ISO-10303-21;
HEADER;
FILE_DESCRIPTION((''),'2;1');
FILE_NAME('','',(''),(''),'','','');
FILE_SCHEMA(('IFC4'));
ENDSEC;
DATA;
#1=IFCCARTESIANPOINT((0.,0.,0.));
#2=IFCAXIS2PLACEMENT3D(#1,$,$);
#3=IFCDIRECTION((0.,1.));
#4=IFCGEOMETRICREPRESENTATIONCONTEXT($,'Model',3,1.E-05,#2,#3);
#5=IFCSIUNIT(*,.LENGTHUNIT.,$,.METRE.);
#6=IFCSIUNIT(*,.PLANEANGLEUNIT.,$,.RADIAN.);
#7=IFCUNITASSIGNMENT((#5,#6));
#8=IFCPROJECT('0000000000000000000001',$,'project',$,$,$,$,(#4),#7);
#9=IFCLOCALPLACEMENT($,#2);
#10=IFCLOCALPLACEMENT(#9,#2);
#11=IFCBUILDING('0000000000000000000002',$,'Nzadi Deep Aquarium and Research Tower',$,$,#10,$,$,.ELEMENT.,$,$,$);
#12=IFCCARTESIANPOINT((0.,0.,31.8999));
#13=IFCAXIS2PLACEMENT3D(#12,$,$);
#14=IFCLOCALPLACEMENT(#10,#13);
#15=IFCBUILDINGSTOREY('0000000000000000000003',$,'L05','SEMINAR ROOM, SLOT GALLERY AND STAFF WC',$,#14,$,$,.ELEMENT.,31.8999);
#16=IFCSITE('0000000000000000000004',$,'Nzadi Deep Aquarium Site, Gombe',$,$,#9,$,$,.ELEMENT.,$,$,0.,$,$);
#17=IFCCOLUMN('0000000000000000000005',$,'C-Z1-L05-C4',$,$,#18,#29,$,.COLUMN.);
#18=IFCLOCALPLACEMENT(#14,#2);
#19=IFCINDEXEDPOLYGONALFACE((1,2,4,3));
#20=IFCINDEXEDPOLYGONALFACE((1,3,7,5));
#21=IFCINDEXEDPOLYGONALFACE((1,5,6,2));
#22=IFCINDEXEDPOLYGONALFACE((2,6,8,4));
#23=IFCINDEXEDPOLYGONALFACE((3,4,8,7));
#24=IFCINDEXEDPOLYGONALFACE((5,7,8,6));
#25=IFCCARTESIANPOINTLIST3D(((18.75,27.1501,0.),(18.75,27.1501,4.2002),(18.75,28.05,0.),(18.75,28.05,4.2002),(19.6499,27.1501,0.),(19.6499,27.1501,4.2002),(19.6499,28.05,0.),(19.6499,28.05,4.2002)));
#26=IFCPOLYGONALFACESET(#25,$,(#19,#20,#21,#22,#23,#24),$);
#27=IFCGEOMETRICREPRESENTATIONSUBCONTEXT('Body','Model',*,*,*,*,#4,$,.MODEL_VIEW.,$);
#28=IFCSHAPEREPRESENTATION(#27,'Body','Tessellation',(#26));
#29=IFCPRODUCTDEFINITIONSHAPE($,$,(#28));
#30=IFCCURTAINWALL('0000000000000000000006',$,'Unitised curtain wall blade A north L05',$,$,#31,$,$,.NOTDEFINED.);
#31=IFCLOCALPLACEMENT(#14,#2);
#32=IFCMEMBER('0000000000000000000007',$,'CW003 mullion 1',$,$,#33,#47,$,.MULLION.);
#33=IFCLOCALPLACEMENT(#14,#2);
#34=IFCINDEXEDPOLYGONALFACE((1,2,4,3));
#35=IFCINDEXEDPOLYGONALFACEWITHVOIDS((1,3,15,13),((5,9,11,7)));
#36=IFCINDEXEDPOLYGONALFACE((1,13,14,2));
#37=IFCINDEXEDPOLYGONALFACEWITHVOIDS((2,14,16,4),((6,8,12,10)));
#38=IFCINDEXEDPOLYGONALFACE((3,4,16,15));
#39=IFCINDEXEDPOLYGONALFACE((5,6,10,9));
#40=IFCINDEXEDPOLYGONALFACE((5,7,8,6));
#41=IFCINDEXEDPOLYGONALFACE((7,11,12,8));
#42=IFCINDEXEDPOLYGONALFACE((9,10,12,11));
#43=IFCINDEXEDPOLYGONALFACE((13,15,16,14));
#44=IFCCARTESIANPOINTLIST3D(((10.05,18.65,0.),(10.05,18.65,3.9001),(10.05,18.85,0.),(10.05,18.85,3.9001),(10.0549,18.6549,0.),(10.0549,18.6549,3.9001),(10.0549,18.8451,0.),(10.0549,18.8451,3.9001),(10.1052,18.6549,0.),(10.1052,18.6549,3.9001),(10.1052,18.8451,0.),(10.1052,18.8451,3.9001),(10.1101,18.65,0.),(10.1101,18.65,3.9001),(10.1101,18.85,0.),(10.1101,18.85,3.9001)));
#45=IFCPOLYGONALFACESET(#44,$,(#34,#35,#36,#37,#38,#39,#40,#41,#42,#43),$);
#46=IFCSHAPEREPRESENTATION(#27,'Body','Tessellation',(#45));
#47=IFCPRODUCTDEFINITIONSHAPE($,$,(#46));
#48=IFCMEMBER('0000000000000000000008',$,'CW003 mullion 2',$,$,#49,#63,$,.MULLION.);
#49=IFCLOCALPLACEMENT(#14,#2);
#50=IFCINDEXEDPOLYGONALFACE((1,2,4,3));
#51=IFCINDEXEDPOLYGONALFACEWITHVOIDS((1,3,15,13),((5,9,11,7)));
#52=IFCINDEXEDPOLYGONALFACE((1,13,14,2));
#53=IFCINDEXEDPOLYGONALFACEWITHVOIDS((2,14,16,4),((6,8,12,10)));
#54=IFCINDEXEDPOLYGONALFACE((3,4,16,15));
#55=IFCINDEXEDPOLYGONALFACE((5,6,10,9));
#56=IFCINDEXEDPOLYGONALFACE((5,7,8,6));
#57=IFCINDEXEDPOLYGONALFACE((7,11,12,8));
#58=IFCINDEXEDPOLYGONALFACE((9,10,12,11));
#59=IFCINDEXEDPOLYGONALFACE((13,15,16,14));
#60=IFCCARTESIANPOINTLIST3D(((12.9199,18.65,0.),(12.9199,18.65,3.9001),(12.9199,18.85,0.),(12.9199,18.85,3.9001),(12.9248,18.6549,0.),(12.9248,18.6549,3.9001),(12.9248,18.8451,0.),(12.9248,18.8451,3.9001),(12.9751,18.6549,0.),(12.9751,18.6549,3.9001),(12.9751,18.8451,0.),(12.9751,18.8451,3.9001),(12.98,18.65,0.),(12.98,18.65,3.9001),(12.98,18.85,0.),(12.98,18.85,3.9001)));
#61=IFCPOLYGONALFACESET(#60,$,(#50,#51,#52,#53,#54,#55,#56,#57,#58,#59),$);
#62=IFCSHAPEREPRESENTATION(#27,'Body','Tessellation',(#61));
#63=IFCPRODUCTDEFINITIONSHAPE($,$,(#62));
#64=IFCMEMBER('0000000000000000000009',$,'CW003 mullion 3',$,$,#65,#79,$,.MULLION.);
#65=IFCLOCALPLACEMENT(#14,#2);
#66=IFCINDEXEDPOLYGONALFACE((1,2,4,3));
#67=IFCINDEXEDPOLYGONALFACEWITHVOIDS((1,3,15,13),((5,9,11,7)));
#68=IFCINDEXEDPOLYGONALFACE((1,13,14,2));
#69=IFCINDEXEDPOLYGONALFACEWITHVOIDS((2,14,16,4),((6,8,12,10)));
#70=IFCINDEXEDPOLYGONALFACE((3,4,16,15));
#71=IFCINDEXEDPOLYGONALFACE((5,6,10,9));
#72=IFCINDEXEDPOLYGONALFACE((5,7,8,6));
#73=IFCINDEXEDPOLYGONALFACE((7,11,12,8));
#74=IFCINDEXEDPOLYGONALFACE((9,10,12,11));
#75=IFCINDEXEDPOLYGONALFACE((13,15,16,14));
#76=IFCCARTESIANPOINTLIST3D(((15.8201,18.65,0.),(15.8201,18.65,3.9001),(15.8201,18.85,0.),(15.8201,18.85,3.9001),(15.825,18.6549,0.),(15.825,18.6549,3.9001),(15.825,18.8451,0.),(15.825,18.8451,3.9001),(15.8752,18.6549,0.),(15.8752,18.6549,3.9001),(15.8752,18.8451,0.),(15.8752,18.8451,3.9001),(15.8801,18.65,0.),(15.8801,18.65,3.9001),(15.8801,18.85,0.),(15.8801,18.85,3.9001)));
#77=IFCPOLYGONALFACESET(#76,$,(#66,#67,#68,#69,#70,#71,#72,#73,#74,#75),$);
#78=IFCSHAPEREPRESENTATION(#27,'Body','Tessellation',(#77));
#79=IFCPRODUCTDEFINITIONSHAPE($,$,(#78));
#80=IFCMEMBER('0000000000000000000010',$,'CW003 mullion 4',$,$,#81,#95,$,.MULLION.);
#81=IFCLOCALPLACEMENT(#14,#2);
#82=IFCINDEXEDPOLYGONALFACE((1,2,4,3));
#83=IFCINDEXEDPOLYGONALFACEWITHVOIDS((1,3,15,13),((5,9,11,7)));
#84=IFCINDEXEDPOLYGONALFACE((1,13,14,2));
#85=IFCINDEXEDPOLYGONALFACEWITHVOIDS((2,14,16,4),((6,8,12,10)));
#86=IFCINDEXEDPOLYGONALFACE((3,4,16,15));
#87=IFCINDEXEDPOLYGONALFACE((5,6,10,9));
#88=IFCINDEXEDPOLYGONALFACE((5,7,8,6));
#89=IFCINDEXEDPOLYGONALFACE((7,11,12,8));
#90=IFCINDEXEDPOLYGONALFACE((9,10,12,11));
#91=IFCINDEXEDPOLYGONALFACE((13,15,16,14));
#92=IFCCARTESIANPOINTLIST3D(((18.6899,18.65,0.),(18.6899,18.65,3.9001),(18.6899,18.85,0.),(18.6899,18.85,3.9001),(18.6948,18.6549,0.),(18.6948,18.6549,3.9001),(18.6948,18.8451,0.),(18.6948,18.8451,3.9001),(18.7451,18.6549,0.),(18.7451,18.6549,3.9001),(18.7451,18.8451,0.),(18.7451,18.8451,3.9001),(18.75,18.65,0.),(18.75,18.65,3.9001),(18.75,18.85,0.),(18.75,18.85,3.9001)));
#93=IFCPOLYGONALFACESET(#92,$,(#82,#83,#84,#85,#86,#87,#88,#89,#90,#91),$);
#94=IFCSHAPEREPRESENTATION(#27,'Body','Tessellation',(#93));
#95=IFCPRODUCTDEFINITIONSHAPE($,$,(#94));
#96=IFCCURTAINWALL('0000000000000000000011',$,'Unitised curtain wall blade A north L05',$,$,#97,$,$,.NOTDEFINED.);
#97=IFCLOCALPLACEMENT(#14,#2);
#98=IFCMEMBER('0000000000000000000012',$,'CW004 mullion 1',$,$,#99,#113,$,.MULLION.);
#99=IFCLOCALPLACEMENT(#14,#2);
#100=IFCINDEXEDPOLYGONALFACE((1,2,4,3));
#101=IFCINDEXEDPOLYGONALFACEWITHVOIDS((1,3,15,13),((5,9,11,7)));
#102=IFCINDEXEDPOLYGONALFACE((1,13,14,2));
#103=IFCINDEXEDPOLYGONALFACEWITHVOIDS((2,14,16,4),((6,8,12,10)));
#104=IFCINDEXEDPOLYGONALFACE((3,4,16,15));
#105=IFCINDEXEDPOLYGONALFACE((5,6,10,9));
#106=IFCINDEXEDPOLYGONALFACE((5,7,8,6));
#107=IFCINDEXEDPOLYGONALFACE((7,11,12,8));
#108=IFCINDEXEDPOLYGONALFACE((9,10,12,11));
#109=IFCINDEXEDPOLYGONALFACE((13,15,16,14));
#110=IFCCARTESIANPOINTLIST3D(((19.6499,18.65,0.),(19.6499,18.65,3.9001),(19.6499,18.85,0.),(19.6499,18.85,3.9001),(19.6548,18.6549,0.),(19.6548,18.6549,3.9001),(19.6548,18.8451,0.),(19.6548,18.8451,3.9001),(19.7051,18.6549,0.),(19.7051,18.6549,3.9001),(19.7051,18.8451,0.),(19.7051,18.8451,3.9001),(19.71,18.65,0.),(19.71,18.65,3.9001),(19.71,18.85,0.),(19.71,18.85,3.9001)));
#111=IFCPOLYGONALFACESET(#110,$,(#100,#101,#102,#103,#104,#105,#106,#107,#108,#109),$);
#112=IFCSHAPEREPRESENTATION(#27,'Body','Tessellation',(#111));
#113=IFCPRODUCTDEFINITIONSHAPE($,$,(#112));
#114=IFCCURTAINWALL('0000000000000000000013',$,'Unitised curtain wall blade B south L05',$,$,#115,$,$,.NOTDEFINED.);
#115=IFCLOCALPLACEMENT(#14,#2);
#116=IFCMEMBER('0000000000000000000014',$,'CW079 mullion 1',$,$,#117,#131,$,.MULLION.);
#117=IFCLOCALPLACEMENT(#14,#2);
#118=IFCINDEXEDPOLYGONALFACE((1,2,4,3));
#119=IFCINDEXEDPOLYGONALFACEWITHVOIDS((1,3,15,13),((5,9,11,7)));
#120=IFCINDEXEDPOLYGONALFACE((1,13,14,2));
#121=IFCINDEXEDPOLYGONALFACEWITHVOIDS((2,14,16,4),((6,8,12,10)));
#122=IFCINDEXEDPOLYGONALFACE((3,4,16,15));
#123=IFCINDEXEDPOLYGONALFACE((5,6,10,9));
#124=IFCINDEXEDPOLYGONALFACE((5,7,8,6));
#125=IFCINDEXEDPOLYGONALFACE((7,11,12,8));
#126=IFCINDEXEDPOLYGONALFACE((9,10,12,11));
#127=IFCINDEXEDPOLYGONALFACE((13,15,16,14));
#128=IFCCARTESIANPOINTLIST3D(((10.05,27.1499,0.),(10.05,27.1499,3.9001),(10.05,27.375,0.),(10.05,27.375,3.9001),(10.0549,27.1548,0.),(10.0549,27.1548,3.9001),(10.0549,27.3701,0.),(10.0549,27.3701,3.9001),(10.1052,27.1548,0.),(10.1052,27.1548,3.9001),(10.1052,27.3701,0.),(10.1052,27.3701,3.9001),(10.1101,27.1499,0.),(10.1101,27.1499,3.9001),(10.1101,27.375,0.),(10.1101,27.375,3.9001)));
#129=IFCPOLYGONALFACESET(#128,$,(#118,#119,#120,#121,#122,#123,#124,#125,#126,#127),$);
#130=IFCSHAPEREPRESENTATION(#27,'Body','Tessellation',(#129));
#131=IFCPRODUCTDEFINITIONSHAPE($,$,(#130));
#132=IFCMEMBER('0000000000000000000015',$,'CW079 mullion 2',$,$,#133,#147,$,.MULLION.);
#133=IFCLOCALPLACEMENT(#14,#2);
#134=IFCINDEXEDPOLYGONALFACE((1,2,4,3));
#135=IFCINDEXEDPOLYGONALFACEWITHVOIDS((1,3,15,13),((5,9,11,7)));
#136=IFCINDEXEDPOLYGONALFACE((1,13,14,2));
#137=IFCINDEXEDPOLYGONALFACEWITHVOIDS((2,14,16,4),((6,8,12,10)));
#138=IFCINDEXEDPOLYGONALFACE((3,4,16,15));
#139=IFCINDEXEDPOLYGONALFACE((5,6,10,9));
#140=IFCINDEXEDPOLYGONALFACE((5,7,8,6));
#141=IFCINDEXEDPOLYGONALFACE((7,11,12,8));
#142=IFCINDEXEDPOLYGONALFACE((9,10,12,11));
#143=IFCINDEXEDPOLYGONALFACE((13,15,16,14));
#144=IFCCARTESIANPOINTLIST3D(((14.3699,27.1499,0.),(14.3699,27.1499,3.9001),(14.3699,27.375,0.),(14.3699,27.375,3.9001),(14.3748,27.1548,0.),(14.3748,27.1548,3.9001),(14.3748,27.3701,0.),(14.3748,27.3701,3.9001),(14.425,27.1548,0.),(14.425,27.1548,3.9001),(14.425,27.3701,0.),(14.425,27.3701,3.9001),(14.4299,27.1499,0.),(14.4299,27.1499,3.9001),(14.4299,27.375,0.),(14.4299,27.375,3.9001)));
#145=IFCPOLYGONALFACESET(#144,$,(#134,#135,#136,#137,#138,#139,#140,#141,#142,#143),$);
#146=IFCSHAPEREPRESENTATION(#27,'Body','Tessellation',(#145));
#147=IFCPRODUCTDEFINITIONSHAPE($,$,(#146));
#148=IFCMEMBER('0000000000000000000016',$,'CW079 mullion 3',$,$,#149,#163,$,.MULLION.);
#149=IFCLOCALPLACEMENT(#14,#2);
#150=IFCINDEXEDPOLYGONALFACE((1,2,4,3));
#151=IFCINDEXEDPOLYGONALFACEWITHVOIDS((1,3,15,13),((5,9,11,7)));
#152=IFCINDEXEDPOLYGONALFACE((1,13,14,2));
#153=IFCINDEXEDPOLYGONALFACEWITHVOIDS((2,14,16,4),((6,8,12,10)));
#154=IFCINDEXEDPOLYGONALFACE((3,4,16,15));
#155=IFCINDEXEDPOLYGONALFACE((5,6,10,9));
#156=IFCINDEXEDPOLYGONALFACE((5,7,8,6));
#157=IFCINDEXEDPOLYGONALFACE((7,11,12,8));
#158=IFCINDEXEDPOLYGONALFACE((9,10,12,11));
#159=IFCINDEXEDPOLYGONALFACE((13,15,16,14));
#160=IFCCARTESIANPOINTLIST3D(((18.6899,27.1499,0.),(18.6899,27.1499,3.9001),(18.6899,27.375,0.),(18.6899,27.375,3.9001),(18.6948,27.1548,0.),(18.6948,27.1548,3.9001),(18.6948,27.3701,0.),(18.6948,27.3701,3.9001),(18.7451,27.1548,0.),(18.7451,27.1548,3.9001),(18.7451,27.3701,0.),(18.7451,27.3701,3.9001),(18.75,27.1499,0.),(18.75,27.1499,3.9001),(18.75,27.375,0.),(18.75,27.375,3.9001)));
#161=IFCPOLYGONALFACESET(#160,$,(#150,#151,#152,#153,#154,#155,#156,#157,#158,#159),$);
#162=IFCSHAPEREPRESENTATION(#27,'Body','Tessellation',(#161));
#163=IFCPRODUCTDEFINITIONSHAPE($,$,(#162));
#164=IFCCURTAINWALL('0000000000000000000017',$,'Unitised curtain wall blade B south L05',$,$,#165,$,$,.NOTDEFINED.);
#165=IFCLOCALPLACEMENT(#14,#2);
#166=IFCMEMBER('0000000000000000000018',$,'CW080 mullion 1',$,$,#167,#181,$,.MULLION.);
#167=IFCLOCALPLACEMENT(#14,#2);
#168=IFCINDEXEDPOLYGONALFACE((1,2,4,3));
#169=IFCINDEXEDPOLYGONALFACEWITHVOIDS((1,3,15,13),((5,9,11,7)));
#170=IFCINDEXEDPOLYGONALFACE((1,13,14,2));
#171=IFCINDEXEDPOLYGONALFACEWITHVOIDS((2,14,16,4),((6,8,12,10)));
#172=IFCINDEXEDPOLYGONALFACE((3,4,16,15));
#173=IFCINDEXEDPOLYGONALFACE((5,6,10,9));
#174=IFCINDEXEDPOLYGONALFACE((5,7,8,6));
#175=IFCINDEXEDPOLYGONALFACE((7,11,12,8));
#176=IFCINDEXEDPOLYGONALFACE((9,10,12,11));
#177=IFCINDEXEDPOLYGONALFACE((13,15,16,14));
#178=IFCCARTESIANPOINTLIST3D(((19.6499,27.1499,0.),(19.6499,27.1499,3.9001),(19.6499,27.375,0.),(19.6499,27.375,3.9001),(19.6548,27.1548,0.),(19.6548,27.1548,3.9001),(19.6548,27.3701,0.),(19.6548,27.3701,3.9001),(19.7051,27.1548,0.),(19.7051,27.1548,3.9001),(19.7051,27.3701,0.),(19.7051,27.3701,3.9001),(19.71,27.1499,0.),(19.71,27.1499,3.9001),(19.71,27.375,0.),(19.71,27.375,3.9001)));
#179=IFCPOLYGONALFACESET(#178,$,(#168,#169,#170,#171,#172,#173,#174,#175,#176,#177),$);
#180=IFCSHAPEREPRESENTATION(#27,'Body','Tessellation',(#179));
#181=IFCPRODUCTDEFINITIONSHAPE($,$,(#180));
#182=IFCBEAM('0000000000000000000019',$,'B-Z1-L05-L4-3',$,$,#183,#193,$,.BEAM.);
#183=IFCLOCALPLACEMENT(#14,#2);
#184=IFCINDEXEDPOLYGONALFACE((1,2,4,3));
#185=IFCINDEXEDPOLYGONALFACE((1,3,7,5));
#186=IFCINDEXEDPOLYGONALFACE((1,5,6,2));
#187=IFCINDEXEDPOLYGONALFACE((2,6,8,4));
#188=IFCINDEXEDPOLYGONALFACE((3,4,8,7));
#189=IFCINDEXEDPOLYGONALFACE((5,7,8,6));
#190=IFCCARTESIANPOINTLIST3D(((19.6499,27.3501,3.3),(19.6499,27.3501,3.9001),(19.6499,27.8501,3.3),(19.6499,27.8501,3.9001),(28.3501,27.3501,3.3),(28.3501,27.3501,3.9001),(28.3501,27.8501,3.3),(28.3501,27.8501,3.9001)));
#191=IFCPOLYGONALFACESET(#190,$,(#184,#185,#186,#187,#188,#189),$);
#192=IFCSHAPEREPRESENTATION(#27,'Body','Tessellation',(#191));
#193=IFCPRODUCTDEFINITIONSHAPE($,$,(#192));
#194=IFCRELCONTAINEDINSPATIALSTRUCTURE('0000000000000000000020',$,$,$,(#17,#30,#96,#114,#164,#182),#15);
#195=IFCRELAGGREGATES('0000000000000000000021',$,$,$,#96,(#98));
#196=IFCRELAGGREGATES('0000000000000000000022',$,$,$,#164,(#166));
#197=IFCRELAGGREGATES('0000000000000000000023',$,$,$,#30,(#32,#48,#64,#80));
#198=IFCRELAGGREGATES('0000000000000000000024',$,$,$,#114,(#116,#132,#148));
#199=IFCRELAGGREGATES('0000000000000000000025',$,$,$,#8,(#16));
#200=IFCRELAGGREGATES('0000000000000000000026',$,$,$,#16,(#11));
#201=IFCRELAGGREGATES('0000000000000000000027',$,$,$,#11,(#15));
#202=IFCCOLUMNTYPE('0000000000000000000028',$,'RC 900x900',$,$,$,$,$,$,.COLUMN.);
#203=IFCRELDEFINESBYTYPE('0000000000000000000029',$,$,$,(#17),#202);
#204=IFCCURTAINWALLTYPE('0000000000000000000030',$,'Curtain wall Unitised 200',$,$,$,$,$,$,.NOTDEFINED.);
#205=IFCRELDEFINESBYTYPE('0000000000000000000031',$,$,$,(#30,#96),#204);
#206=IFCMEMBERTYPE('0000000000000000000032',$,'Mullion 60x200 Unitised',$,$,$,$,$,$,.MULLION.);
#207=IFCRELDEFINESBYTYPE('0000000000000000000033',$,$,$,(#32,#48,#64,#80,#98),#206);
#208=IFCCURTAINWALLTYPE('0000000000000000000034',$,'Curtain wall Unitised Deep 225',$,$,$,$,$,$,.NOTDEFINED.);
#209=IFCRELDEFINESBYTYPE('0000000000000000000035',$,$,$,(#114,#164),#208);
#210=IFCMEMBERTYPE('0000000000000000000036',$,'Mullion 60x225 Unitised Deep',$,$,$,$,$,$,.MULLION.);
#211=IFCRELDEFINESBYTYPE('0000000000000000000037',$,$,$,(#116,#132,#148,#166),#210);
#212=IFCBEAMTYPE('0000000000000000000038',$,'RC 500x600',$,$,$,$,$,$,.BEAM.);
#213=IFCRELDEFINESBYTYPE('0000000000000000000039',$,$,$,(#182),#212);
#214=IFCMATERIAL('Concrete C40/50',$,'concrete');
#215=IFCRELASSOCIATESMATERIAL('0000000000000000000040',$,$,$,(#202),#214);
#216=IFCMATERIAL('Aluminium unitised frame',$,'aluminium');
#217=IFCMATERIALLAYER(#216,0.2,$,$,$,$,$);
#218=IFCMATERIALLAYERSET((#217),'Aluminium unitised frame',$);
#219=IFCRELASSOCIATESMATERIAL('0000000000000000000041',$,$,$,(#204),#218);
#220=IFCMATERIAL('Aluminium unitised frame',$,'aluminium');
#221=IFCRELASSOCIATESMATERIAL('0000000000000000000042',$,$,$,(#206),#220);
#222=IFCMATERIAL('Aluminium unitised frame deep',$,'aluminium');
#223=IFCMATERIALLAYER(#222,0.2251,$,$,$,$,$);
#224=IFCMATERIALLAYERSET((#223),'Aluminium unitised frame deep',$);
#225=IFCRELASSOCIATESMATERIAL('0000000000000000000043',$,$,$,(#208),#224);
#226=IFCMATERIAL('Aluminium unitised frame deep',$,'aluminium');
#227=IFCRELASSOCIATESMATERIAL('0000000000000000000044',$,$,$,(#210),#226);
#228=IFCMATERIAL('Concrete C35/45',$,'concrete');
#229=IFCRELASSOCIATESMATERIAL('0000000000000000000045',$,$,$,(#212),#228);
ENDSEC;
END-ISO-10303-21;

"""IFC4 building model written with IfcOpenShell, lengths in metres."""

from ifc_helpers import new_model, si_unit, direction, frame, origin, origin_2d, place, context, subcontext, project, spatial, rectangle, hollow_rectangle, extrude, material, layer, layer_set, material_profile, profile_set, type_object, element, aggregate, save


model = new_model("IFC4")

# Units and contexts
model_context = context("Model", 3, precision=1e-05, world=origin(), true_north=direction((0.0, 1.0)))
body_context = subcontext(model_context, "Body", "Model", "MODEL_VIEW")
ifc_project = project(units=[si_unit("LENGTHUNIT", "METRE"), si_unit("PLANEANGLEUNIT", "RADIAN")], contexts=[model_context])

# Site, building, storey
site_placement = place(None, origin())
site = spatial("IfcSite", under=ifc_project, at=site_placement, Name="Nzadi Deep Aquarium Site, Gombe", CompositionType="ELEMENT", RefElevation=0.0)
building_placement = place(site_placement, origin())
building = spatial("IfcBuilding", under=site, at=building_placement, Name="Nzadi Deep Aquarium and Research Tower", CompositionType="ELEMENT")
storey_placement = place(building_placement, frame((0.0, 0.0, 31.8999)))
storey = spatial("IfcBuildingStorey", under=building, at=storey_placement, Name="L05", Description="SEMINAR ROOM, SLOT GALLERY AND STAFF WC", CompositionType="ELEMENT", Elevation=31.8999)

# Column
ifc_material_1 = material(Name="Concrete C40/50", Category="concrete")
ifc_material_profile_1 = material_profile(ifc_material_1, rectangle(XDim=0.8999, YDim=0.8999, at=origin_2d()))
ifc_profile_set_1 = profile_set([ifc_material_profile_1], Name="Concrete C40/50")
column_type = type_object("IfcColumnType", Name="RC 900x900", PredefinedType="COLUMN", material=ifc_profile_set_1)
column_placement = place(storey_placement, frame((19.2, 27.6001, 0.0), z_axis=(0.0, 0.0, 1.0), x_axis=(1.0, 0.0, 0.0)))
element("IfcColumn", 1, at=column_placement, inside=storey, type_object=column_type, Name="C-Z1-L05-C4", PredefinedType="COLUMN", context=body_context, shape_type="SweptSolid", body=[
    extrude(rectangle(XDim=0.8999, YDim=0.8999, at=origin_2d()), origin(), (0.0, 0.0, 1.0), 4.2002),
])

# Curtain wall, members
ifc_material_2 = material(Name="Aluminium unitised frame", Category="aluminium")
ifc_layer_1 = layer(ifc_material_2, 0.2)
ifc_layer_set_1 = layer_set([ifc_layer_1], Name="Aluminium unitised frame")
curtain_wall_type_1 = type_object("IfcCurtainWallType", Name="Curtain wall Unitised 200", PredefinedType="NOTDEFINED", material=ifc_layer_set_1)
curtain_wall_1_placement = place(storey_placement, origin())
curtain_wall_1 = element("IfcCurtainWall", 2, at=curtain_wall_1_placement, inside=storey, type_object=curtain_wall_type_1, Name="Unitised curtain wall blade A north L05", PredefinedType="NOTDEFINED")
ifc_material_3 = material(Name="Aluminium unitised frame", Category="aluminium")
ifc_material_profile_2 = material_profile(ifc_material_3, hollow_rectangle(XDim=0.2, YDim=0.0601, WallThickness=0.0049, at=origin_2d()))
ifc_profile_set_2 = profile_set([ifc_material_profile_2], Name="Aluminium unitised frame")
member_type_1 = type_object("IfcMemberType", Name="Mullion 60x200 Unitised", PredefinedType="MULLION", material=ifc_profile_set_2)
member_1_placement = place(storey_placement, frame((10.0801, 18.75, 0.0), z_axis=(0.0, 0.0, 1.0), x_axis=(0.0, 1.0, 0.0)))
member_1 = element("IfcMember", 3, at=member_1_placement, type_object=member_type_1, Name="CW003 mullion 1", PredefinedType="MULLION", context=body_context, shape_type="SweptSolid", body=[
    extrude(hollow_rectangle(XDim=0.2, YDim=0.0601, WallThickness=0.0049, at=origin_2d()), origin(), (0.0, 0.0, 1.0), 3.9001),
])
member_2_placement = place(storey_placement, frame((12.95, 18.75, 0.0), z_axis=(0.0, 0.0, 1.0), x_axis=(0.0, 1.0, 0.0)))
member_2 = element("IfcMember", 4, at=member_2_placement, type_object=member_type_1, Name="CW003 mullion 2", PredefinedType="MULLION", context=body_context, shape_type="SweptSolid", body=[
    extrude(hollow_rectangle(XDim=0.2, YDim=0.0601, WallThickness=0.0049, at=origin_2d()), origin(), (0.0, 0.0, 1.0), 3.9001),
])
member_3_placement = place(storey_placement, frame((15.8501, 18.75, 0.0), z_axis=(0.0, 0.0, 1.0), x_axis=(0.0, 1.0, 0.0)))
member_3 = element("IfcMember", 5, at=member_3_placement, type_object=member_type_1, Name="CW003 mullion 3", PredefinedType="MULLION", context=body_context, shape_type="SweptSolid", body=[
    extrude(hollow_rectangle(XDim=0.2, YDim=0.0601, WallThickness=0.0049, at=origin_2d()), origin(), (0.0, 0.0, 1.0), 3.9001),
])
member_4_placement = place(storey_placement, frame((18.72, 18.75, 0.0), z_axis=(0.0, 0.0, 1.0), x_axis=(0.0, 1.0, 0.0)))
member_4 = element("IfcMember", 6, at=member_4_placement, type_object=member_type_1, Name="CW003 mullion 4", PredefinedType="MULLION", context=body_context, shape_type="SweptSolid", body=[
    extrude(hollow_rectangle(XDim=0.2, YDim=0.0601, WallThickness=0.0049, at=origin_2d()), origin(), (0.0, 0.0, 1.0), 3.9001),
])

# Curtain wall, member
curtain_wall_2_placement = place(storey_placement, origin())
curtain_wall_2 = element("IfcCurtainWall", 7, at=curtain_wall_2_placement, inside=storey, type_object=curtain_wall_type_1, Name="Unitised curtain wall blade A north L05", PredefinedType="NOTDEFINED")
member_5_placement = place(storey_placement, frame((19.6799, 18.75, 0.0), z_axis=(0.0, 0.0, 1.0), x_axis=(0.0, 1.0, 0.0)))
member_5 = element("IfcMember", 8, at=member_5_placement, type_object=member_type_1, Name="CW004 mullion 1", PredefinedType="MULLION", context=body_context, shape_type="SweptSolid", body=[
    extrude(hollow_rectangle(XDim=0.2, YDim=0.0601, WallThickness=0.0049, at=origin_2d()), origin(), (0.0, 0.0, 1.0), 3.9001),
])

# Curtain wall, members
ifc_material_4 = material(Name="Aluminium unitised frame deep", Category="aluminium")
ifc_layer_2 = layer(ifc_material_4, 0.2251)
ifc_layer_set_2 = layer_set([ifc_layer_2], Name="Aluminium unitised frame deep")
curtain_wall_type_2 = type_object("IfcCurtainWallType", Name="Curtain wall Unitised Deep 225", PredefinedType="NOTDEFINED", material=ifc_layer_set_2)
curtain_wall_3_placement = place(storey_placement, origin())
curtain_wall_3 = element("IfcCurtainWall", 9, at=curtain_wall_3_placement, inside=storey, type_object=curtain_wall_type_2, Name="Unitised curtain wall blade B south L05", PredefinedType="NOTDEFINED")
ifc_material_5 = material(Name="Aluminium unitised frame deep", Category="aluminium")
ifc_material_profile_3 = material_profile(ifc_material_5, hollow_rectangle(XDim=0.2251, YDim=0.0601, WallThickness=0.0049, at=origin_2d()))
ifc_profile_set_3 = profile_set([ifc_material_profile_3], Name="Aluminium unitised frame deep")
member_type_2 = type_object("IfcMemberType", Name="Mullion 60x225 Unitised Deep", PredefinedType="MULLION", material=ifc_profile_set_3)
member_6_placement = place(storey_placement, frame((10.0801, 27.2625, 0.0), z_axis=(0.0, 0.0, 1.0), x_axis=(0.0, 1.0, 0.0)))
member_6 = element("IfcMember", 10, at=member_6_placement, type_object=member_type_2, Name="CW079 mullion 1", PredefinedType="MULLION", context=body_context, shape_type="SweptSolid", body=[
    extrude(hollow_rectangle(XDim=0.2251, YDim=0.0601, WallThickness=0.0049, at=origin_2d()), origin(), (0.0, 0.0, 1.0), 3.9001),
])
member_7_placement = place(storey_placement, frame((14.3999, 27.2625, 0.0), z_axis=(0.0, 0.0, 1.0), x_axis=(0.0, 1.0, 0.0)))
member_7 = element("IfcMember", 11, at=member_7_placement, type_object=member_type_2, Name="CW079 mullion 2", PredefinedType="MULLION", context=body_context, shape_type="SweptSolid", body=[
    extrude(hollow_rectangle(XDim=0.2251, YDim=0.0601, WallThickness=0.0049, at=origin_2d()), origin(), (0.0, 0.0, 1.0), 3.9001),
])
member_8_placement = place(storey_placement, frame((18.72, 27.2625, 0.0), z_axis=(0.0, 0.0, 1.0), x_axis=(0.0, 1.0, 0.0)))
member_8 = element("IfcMember", 12, at=member_8_placement, type_object=member_type_2, Name="CW079 mullion 3", PredefinedType="MULLION", context=body_context, shape_type="SweptSolid", body=[
    extrude(hollow_rectangle(XDim=0.2251, YDim=0.0601, WallThickness=0.0049, at=origin_2d()), origin(), (0.0, 0.0, 1.0), 3.9001),
])

# Curtain wall, member
curtain_wall_4_placement = place(storey_placement, origin())
curtain_wall_4 = element("IfcCurtainWall", 13, at=curtain_wall_4_placement, inside=storey, type_object=curtain_wall_type_2, Name="Unitised curtain wall blade B south L05", PredefinedType="NOTDEFINED")
member_9_placement = place(storey_placement, frame((19.6799, 27.2625, 0.0), z_axis=(0.0, 0.0, 1.0), x_axis=(0.0, 1.0, 0.0)))
member_9 = element("IfcMember", 14, at=member_9_placement, type_object=member_type_2, Name="CW080 mullion 1", PredefinedType="MULLION", context=body_context, shape_type="SweptSolid", body=[
    extrude(hollow_rectangle(XDim=0.2251, YDim=0.0601, WallThickness=0.0049, at=origin_2d()), origin(), (0.0, 0.0, 1.0), 3.9001),
])

# Beam
ifc_material_6 = material(Name="Concrete C35/45", Category="concrete")
ifc_material_profile_4 = material_profile(ifc_material_6, rectangle(XDim=0.5, YDim=0.6001, at=origin_2d()))
ifc_profile_set_4 = profile_set([ifc_material_profile_4], Name="Concrete C35/45")
beam_type = type_object("IfcBeamType", Name="RC 500x600", PredefinedType="BEAM", material=ifc_profile_set_4)
beam_placement = place(storey_placement, frame((19.6499, 27.6001, 3.6001), z_axis=(1.0, 0.0, 0.0), x_axis=(0.0, 1.0, 0.0)))
element("IfcBeam", 15, at=beam_placement, inside=storey, type_object=beam_type, Name="B-Z1-L05-L4-3", PredefinedType="BEAM", context=body_context, shape_type="SweptSolid", body=[
    extrude(rectangle(XDim=0.5, YDim=0.6001, at=origin_2d()), origin(), (0.0, 0.0, 1.0), 8.7002),
])

aggregate(curtain_wall_2, [member_5])
aggregate(curtain_wall_4, [member_9])

aggregate(curtain_wall_1, [member_1, member_2, member_3, member_4])
aggregate(curtain_wall_3, [member_6, member_7, member_8])

save(model, "model.ifc")
